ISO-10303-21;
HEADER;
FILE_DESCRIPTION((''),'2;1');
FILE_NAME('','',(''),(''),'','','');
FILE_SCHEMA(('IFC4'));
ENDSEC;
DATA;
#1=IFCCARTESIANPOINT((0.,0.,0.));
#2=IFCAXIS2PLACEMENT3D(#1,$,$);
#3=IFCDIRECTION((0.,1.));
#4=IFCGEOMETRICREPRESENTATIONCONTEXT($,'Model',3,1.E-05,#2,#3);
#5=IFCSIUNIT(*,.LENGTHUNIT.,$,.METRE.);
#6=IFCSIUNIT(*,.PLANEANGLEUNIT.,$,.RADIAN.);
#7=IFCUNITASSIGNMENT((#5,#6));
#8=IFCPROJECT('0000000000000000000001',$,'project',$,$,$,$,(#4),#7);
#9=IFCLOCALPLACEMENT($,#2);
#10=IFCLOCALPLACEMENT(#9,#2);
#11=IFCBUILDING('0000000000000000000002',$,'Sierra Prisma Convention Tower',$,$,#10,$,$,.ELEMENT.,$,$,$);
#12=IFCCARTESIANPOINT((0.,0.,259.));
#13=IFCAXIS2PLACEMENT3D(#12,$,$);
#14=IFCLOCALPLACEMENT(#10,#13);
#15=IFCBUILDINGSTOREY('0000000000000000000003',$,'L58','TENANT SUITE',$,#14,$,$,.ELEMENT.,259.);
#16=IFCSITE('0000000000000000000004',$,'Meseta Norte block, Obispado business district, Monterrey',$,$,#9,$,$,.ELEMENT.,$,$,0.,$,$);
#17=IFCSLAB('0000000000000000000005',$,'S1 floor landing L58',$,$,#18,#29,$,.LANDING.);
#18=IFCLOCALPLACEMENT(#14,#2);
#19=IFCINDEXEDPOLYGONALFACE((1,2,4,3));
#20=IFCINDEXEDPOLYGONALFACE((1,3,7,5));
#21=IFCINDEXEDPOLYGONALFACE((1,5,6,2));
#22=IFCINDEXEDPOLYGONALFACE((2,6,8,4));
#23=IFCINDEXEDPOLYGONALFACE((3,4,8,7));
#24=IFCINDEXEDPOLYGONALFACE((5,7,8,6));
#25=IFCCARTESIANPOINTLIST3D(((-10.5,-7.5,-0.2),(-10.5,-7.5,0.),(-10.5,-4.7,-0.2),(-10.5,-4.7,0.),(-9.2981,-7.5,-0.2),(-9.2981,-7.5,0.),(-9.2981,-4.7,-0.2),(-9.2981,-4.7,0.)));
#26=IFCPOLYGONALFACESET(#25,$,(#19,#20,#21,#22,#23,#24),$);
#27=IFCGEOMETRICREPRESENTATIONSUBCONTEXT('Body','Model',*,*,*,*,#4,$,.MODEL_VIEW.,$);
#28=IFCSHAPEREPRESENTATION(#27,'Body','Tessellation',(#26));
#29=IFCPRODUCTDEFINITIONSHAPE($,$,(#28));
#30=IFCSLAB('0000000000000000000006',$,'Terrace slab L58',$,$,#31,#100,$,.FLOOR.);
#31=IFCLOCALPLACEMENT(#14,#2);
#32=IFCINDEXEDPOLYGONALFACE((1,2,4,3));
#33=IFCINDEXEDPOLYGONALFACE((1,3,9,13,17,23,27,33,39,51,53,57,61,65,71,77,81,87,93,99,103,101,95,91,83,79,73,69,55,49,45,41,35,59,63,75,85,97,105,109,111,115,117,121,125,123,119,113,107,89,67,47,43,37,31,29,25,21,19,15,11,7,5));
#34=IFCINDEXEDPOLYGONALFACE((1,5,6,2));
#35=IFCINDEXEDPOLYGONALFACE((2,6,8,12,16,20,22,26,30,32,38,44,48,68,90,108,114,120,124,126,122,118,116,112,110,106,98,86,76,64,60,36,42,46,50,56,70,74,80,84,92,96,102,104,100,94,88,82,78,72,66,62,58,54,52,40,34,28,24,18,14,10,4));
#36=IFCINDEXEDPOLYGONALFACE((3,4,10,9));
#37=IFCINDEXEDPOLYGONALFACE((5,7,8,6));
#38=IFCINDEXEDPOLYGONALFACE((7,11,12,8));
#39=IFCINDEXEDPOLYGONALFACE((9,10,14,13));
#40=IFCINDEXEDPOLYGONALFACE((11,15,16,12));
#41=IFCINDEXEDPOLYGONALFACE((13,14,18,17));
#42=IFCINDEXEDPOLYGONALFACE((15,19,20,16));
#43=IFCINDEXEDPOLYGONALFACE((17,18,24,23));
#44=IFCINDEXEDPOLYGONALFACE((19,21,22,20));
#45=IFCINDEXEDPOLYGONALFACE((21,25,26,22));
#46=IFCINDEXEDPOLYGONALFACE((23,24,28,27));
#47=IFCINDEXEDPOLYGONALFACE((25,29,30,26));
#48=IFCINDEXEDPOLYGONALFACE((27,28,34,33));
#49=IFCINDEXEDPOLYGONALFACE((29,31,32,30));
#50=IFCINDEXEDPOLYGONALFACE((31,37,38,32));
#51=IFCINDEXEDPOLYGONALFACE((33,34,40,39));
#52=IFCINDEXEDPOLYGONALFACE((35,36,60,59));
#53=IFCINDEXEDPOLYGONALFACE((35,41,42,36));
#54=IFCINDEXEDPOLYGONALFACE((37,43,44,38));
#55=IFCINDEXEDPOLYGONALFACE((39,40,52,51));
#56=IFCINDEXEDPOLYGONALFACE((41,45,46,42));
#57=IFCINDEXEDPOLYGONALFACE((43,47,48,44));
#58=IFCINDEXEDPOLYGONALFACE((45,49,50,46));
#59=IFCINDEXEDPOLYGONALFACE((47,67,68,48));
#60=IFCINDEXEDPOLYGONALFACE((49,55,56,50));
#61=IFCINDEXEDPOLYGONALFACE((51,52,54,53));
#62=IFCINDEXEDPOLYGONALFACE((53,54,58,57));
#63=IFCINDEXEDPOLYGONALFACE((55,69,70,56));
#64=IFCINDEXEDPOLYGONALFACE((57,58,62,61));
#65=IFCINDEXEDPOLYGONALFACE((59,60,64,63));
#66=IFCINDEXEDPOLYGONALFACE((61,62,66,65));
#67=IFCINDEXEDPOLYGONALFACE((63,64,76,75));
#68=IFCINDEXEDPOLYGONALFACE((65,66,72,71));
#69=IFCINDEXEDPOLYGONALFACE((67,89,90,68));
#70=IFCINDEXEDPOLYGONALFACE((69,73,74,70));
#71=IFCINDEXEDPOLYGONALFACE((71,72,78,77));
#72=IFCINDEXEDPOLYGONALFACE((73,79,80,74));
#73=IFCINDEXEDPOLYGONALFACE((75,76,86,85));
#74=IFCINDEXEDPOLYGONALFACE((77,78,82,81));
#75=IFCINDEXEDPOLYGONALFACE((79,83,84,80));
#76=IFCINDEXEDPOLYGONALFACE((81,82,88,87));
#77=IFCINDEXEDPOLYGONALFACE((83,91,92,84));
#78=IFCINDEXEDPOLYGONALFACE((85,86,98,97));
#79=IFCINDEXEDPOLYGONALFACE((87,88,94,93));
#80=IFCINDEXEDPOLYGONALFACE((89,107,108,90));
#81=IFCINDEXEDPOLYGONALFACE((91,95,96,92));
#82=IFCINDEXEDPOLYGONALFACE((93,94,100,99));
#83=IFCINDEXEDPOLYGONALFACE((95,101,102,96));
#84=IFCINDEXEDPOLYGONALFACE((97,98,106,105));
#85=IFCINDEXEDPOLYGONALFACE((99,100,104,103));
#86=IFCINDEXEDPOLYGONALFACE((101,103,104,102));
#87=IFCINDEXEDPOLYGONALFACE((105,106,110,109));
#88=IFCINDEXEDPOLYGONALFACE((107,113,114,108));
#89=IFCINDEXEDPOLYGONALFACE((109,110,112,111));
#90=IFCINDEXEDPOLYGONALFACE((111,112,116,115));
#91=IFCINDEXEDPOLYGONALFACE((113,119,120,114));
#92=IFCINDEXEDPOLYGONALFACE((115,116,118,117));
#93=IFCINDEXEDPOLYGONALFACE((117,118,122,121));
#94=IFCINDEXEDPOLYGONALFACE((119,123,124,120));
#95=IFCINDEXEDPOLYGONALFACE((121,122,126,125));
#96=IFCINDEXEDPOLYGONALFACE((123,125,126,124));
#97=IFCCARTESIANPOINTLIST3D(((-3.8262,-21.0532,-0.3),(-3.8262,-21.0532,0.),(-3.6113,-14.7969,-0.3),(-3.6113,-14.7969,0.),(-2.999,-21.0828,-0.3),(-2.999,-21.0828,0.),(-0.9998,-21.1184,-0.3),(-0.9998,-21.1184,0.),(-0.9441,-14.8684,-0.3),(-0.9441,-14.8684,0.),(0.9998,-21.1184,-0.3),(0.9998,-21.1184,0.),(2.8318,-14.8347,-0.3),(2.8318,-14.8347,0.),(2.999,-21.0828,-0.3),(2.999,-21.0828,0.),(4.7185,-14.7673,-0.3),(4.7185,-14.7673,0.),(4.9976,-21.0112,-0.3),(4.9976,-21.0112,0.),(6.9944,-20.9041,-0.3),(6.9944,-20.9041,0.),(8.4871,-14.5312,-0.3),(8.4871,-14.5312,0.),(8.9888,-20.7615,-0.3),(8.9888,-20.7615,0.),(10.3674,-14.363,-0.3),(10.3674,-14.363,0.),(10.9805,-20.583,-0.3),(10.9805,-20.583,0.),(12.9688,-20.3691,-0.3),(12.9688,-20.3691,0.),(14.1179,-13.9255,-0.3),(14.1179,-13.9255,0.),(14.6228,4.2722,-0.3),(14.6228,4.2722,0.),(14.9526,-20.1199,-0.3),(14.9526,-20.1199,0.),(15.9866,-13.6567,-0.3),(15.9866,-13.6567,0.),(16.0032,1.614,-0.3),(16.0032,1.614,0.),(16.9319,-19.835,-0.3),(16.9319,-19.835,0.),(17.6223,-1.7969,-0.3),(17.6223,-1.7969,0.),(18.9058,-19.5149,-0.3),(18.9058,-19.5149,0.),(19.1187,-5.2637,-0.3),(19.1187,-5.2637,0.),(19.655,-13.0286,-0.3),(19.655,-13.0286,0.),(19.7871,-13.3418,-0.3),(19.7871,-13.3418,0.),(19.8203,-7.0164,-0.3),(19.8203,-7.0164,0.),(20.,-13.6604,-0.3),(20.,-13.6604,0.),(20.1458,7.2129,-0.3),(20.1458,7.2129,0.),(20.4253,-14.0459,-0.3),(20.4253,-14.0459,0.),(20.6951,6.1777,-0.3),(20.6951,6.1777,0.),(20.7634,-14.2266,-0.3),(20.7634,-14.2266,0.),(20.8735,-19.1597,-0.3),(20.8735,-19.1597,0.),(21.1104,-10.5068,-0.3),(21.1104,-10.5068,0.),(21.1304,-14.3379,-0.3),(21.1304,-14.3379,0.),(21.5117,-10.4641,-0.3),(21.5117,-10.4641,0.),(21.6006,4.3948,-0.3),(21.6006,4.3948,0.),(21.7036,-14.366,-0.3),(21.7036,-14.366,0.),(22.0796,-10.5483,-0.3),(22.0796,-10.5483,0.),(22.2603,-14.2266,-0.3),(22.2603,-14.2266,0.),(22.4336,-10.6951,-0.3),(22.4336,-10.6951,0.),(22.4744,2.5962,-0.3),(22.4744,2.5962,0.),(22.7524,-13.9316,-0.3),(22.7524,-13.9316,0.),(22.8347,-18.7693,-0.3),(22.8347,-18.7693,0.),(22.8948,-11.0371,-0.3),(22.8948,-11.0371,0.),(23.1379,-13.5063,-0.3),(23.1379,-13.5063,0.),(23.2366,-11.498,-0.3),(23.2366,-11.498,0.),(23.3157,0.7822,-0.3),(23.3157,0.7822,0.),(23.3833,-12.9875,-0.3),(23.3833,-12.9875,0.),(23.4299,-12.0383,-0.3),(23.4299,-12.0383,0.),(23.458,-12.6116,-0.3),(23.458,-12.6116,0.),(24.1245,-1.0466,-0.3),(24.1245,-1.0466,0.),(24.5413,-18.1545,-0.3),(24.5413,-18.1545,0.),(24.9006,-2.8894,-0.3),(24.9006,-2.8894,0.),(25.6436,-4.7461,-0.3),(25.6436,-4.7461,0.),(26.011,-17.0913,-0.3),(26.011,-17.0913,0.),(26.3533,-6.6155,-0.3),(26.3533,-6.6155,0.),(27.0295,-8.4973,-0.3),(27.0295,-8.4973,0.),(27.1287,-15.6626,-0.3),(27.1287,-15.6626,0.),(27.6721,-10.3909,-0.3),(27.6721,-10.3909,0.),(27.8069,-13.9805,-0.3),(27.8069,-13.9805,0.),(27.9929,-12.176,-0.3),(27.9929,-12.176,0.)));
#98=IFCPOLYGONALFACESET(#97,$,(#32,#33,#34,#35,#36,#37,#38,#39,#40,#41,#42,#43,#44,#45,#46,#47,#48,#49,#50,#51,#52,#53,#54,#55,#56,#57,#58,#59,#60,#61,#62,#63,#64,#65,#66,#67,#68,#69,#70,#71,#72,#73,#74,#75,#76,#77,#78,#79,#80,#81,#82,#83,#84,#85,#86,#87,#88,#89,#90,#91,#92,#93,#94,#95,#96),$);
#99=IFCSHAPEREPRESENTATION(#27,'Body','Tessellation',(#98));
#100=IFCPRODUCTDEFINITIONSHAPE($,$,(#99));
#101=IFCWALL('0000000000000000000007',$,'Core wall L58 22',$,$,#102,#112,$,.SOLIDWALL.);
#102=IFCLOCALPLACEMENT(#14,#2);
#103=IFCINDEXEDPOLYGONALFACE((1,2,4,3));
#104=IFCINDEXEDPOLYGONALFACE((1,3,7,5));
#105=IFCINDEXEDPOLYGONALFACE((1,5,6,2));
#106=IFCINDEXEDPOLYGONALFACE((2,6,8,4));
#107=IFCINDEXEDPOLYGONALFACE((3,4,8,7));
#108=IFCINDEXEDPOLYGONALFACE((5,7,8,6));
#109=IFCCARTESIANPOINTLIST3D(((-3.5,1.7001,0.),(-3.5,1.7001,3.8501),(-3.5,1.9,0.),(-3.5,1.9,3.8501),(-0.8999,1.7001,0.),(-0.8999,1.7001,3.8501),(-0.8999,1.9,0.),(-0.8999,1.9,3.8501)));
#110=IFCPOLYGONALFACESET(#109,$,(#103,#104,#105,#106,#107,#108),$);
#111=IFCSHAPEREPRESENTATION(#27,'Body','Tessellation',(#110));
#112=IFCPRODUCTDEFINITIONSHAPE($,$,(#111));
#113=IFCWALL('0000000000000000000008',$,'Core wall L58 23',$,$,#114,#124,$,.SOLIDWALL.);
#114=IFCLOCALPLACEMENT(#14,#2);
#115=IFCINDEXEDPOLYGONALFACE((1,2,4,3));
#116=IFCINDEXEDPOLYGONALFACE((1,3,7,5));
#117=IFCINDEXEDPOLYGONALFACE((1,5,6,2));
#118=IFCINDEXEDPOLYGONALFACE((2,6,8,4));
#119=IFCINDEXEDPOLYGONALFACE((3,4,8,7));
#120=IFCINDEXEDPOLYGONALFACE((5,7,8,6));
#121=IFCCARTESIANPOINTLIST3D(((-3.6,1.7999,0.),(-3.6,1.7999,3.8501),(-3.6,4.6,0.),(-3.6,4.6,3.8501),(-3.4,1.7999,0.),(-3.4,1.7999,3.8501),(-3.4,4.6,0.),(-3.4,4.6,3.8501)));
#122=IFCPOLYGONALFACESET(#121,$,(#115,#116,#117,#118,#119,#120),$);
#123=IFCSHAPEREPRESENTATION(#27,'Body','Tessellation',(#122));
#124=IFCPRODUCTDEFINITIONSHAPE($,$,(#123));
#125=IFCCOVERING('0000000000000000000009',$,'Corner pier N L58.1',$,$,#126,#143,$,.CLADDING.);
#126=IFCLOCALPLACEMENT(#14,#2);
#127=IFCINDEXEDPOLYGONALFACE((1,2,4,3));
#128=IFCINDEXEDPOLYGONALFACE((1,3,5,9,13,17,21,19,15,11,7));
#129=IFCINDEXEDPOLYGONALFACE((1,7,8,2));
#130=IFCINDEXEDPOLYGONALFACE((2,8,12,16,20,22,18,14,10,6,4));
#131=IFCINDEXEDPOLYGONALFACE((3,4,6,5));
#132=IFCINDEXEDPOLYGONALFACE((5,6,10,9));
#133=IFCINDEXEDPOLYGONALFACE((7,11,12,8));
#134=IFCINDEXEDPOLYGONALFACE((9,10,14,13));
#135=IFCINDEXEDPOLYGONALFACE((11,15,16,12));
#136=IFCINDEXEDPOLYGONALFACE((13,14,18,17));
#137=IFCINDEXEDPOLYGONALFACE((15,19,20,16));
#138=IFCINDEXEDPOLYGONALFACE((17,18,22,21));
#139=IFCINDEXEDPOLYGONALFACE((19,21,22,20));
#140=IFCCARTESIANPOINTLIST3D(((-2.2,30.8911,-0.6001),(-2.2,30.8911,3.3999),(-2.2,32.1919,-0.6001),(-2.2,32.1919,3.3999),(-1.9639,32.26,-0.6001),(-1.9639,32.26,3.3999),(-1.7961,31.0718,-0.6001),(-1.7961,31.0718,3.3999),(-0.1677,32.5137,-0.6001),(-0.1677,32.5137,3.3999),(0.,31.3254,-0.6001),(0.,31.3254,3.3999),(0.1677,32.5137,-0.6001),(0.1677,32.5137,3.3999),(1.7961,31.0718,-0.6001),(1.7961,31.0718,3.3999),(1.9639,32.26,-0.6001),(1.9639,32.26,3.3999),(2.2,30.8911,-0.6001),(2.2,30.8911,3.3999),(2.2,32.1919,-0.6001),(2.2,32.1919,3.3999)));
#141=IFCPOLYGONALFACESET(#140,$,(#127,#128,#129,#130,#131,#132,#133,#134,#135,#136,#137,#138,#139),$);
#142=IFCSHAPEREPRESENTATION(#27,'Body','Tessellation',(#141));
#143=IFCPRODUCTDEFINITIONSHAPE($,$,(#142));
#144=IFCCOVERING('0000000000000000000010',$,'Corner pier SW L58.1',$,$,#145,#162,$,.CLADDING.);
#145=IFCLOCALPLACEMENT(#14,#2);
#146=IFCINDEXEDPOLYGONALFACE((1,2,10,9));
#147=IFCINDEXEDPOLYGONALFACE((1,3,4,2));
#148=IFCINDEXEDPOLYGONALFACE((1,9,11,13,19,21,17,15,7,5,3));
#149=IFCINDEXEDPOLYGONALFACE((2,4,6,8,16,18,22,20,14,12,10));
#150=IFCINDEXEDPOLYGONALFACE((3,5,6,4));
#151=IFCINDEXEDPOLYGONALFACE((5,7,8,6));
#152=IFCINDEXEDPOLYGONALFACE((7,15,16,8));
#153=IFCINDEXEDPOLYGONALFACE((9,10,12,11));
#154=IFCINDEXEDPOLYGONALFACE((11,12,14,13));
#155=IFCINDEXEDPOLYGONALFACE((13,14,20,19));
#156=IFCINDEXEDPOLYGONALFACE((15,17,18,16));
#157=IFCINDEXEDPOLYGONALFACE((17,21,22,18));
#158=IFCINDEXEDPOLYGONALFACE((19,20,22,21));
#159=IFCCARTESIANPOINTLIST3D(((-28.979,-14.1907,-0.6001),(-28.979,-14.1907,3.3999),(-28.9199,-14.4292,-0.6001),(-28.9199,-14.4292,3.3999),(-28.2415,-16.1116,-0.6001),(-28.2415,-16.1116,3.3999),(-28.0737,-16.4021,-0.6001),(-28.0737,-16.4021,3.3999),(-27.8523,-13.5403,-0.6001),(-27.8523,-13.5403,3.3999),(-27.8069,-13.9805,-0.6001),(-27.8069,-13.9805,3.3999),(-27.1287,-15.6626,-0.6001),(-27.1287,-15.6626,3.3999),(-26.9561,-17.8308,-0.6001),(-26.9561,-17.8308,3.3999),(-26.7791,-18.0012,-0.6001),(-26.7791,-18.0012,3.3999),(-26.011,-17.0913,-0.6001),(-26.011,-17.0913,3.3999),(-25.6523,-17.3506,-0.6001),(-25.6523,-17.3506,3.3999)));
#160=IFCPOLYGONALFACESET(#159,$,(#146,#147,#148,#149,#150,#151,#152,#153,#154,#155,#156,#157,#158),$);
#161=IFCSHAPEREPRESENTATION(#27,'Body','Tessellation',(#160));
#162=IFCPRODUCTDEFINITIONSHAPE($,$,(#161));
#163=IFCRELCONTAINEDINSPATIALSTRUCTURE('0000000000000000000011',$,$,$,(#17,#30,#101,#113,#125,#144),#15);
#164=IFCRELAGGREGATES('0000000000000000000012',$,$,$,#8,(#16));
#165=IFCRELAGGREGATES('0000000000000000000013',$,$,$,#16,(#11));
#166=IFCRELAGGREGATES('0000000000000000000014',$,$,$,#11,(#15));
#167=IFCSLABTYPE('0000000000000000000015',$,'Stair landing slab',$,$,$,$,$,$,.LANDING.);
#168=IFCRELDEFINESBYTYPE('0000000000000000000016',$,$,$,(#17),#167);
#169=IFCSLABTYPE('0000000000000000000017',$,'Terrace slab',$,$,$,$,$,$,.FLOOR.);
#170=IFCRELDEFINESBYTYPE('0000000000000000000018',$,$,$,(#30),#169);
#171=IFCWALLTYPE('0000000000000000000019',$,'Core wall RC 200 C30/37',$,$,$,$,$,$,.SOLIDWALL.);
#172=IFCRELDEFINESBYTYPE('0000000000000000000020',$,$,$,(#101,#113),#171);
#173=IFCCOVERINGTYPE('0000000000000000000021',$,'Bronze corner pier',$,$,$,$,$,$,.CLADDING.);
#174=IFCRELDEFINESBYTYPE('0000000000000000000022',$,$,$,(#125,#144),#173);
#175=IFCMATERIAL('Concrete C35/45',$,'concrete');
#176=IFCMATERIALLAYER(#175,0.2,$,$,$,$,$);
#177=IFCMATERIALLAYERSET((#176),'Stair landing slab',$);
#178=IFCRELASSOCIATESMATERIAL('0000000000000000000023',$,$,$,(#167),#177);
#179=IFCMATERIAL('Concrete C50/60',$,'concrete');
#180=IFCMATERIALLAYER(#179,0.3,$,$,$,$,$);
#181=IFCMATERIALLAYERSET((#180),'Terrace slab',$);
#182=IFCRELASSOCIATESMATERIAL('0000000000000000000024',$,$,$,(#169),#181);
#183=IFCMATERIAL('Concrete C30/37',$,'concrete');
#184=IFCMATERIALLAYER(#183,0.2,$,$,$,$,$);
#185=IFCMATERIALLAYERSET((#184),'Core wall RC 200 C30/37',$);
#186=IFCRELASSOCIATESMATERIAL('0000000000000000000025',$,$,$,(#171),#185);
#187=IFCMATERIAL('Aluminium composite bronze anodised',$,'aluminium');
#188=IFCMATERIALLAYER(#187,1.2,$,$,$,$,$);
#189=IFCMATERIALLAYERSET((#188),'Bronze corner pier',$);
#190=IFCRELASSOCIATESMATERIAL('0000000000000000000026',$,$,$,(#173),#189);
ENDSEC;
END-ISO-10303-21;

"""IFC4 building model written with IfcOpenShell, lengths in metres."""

from ifc_helpers import new_model, si_unit, direction, frame, frame_2d, origin, place, context, subcontext, project, spatial, polyline, rectangle, outline, extrude, material, layer, layer_set, type_object, element, save


model = new_model("IFC4")

# Units and contexts
model_context = context("Model", 3, precision=1e-05, world=origin(), true_north=direction((0.0, 1.0)))
body_context = subcontext(model_context, "Body", "Model", "MODEL_VIEW")
ifc_project = project(units=[si_unit("LENGTHUNIT", "METRE"), si_unit("PLANEANGLEUNIT", "RADIAN")], contexts=[model_context])

# Site, building, storey
site_placement = place(None, origin())
site = spatial("IfcSite", under=ifc_project, at=site_placement, Name="Meseta Norte block, Obispado business district, Monterrey", CompositionType="ELEMENT", RefElevation=0.0)
building_placement = place(site_placement, origin())
building = spatial("IfcBuilding", under=site, at=building_placement, Name="Sierra Prisma Convention Tower", CompositionType="ELEMENT")
storey_placement = place(building_placement, frame((0.0, 0.0, 259.0)))
storey = spatial("IfcBuildingStorey", under=building, at=storey_placement, Name="L58", Description="TENANT SUITE", CompositionType="ELEMENT", Elevation=259.0)

# Shared definitions
ifc_material_1 = material(Name="Concrete C35/45", Category="concrete")
ifc_layer_1 = layer(ifc_material_1, 0.2)
ifc_layer_set_1 = layer_set([ifc_layer_1], Name="Stair landing slab")
slab_type_1 = type_object("IfcSlabType", Name="Stair landing slab", PredefinedType="LANDING", material=ifc_layer_set_1)

# Slabs
slab_1_placement = place(storey_placement, frame((0.0, 0.0, -0.2)))
element("IfcSlab", 1, at=slab_1_placement, inside=storey, type_object=slab_type_1, Name="S1 floor landing L58", PredefinedType="LANDING", context=body_context, shape_type="SweptSolid", body=[
    extrude(outline(polyline([(-10.5, -7.5), (-9.2981, -7.5), (-9.2981, -4.7), (-10.5, -4.7), (-10.5, -7.5)])), origin(), (0.0, 0.0, 1.0), 0.2),
])
ifc_material_2 = material(Name="Concrete C50/60", Category="concrete")
ifc_layer_2 = layer(ifc_material_2, 0.3)
ifc_layer_set_2 = layer_set([ifc_layer_2], Name="Terrace slab")
slab_type_2 = type_object("IfcSlabType", Name="Terrace slab", PredefinedType="FLOOR", material=ifc_layer_set_2)
slab_2_placement = place(storey_placement, frame((0.0, 0.0, -0.3)))
element("IfcSlab", 2, at=slab_2_placement, inside=storey, type_object=slab_type_2, Name="Terrace slab L58", PredefinedType="FLOOR", context=body_context, shape_type="SweptSolid", body=[
    extrude(outline(polyline([(-3.8262, -21.0532), (-2.999, -21.0828), (-0.9998, -21.1184), (0.9998, -21.1184), (2.999, -21.0828), (4.9976, -21.0112), (6.9944, -20.9041), (8.9888, -20.7615), (10.9805, -20.583), (12.9688, -20.3691), (14.9526, -20.1199), (16.9319, -19.835), (18.9058, -19.5149), (20.8735, -19.1597), (22.8347, -18.7693), (24.5413, -18.1545), (26.011, -17.0913), (27.1287, -15.6626), (27.8069, -13.9805), (27.9929, -12.176), (27.6721, -10.3909), (27.0295, -8.4973), (26.3533, -6.6155), (25.6436, -4.7461), (24.9006, -2.8894), (24.1245, -1.0466), (23.3157, 0.7822), (22.4744, 2.5962), (21.6006, 4.3948), (20.6951, 6.1777), (20.1458, 7.2129), (14.6228, 4.2722), (16.0032, 1.614), (17.6223, -1.7969), (19.1187, -5.2637), (19.8203, -7.0164), (21.1104, -10.5068), (21.5117, -10.4641), (22.0796, -10.5483), (22.4336, -10.6951), (22.8948, -11.0371), (23.2366, -11.498), (23.4299, -12.0383), (23.458, -12.6116), (23.3833, -12.9875), (23.1379, -13.5063), (22.7524, -13.9316), (22.2603, -14.2266), (21.7036, -14.366), (21.1304, -14.3379), (20.7634, -14.2266), (20.4253, -14.0459), (20.0, -13.6604), (19.7871, -13.3418), (19.655, -13.0286), (15.9866, -13.6567), (14.1179, -13.9255), (10.3674, -14.363), (8.4871, -14.5312), (4.7185, -14.7673), (2.8318, -14.8347), (-0.9441, -14.8684), (-3.6113, -14.7969), (-3.8262, -21.0532)])), origin(), (0.0, 0.0, 1.0), 0.3),
])

# Shared definitions
ifc_material_3 = material(Name="Concrete C30/37", Category="concrete")
ifc_layer_3 = layer(ifc_material_3, 0.2)
ifc_layer_set_3 = layer_set([ifc_layer_3], Name="Core wall RC 200 C30/37")
wall_type = type_object("IfcWallType", Name="Core wall RC 200 C30/37", PredefinedType="SOLIDWALL", material=ifc_layer_set_3)

# Walls
wall_1_placement = place(storey_placement, frame((-0.8999, 1.8, 0.0), z_axis=(0.0, 0.0, 1.0), x_axis=(-1.0, 0.0, 0.0)))
element("IfcWall", 3, at=wall_1_placement, inside=storey, type_object=wall_type, Name="Core wall L58 22", PredefinedType="SOLIDWALL", context=body_context, shape_type="SweptSolid", body=[
    extrude(rectangle(XDim=2.6001, YDim=0.2, at=frame_2d((1.3, 0.0))), origin(), (0.0, 0.0, 1.0), 3.8501),
])
wall_2_placement = place(storey_placement, frame((-3.5, 1.8, 0.0), z_axis=(0.0, 0.0, 1.0), x_axis=(0.0, 1.0, 0.0)))
element("IfcWall", 4, at=wall_2_placement, inside=storey, type_object=wall_type, Name="Core wall L58 23", PredefinedType="SOLIDWALL", context=body_context, shape_type="SweptSolid", body=[
    extrude(rectangle(XDim=2.8, YDim=0.2, at=frame_2d((1.3999, 0.0))), origin(), (0.0, 0.0, 1.0), 3.8501),
])

# Coverings
ifc_material_4 = material(Name="Aluminium composite bronze anodised", Category="aluminium")
ifc_layer_4 = layer(ifc_material_4, 1.2)
ifc_layer_set_4 = layer_set([ifc_layer_4], Name="Bronze corner pier")
covering_type_1 = type_object("IfcCoveringType", Name="Bronze corner pier", PredefinedType="CLADDING", material=ifc_layer_set_4)
covering_1_placement = place(storey_placement, frame((0.0, 0.0, -0.6001)))
element("IfcCovering", 5, at=covering_1_placement, inside=storey, type_object=covering_type_1, Name="Corner pier N L58.1", PredefinedType="CLADDING", context=body_context, shape_type="SweptSolid", body=[
    extrude(outline(polyline([(-0.1677, 32.5137), (0.1677, 32.5137), (1.9639, 32.26), (2.2, 32.1919), (2.2, 30.8911), (1.7961, 31.0718), (0.0, 31.3254), (-1.7961, 31.0718), (-2.2, 30.8911), (-2.2, 32.1919), (-1.9639, 32.26), (-0.1677, 32.5137)])), origin(), (0.0, 0.0, 1.0), 4.0),
])
covering_2_placement = place(storey_placement, frame((0.0, 0.0, -0.6001)))
element("IfcCovering", 6, at=covering_2_placement, inside=storey, type_object=covering_type_1, Name="Corner pier SW L58.1", PredefinedType="CLADDING", context=body_context, shape_type="SweptSolid", body=[
    extrude(outline(polyline([(-28.0737, -16.4021), (-28.2415, -16.1116), (-28.9199, -14.4292), (-28.979, -14.1907), (-27.8523, -13.5403), (-27.8069, -13.9805), (-27.1287, -15.6626), (-26.011, -17.0913), (-25.6523, -17.3506), (-26.7791, -18.0012), (-26.9561, -17.8308), (-28.0737, -16.4021)])), origin(), (0.0, 0.0, 1.0), 4.0),
])

save(model, "model.ifc")
